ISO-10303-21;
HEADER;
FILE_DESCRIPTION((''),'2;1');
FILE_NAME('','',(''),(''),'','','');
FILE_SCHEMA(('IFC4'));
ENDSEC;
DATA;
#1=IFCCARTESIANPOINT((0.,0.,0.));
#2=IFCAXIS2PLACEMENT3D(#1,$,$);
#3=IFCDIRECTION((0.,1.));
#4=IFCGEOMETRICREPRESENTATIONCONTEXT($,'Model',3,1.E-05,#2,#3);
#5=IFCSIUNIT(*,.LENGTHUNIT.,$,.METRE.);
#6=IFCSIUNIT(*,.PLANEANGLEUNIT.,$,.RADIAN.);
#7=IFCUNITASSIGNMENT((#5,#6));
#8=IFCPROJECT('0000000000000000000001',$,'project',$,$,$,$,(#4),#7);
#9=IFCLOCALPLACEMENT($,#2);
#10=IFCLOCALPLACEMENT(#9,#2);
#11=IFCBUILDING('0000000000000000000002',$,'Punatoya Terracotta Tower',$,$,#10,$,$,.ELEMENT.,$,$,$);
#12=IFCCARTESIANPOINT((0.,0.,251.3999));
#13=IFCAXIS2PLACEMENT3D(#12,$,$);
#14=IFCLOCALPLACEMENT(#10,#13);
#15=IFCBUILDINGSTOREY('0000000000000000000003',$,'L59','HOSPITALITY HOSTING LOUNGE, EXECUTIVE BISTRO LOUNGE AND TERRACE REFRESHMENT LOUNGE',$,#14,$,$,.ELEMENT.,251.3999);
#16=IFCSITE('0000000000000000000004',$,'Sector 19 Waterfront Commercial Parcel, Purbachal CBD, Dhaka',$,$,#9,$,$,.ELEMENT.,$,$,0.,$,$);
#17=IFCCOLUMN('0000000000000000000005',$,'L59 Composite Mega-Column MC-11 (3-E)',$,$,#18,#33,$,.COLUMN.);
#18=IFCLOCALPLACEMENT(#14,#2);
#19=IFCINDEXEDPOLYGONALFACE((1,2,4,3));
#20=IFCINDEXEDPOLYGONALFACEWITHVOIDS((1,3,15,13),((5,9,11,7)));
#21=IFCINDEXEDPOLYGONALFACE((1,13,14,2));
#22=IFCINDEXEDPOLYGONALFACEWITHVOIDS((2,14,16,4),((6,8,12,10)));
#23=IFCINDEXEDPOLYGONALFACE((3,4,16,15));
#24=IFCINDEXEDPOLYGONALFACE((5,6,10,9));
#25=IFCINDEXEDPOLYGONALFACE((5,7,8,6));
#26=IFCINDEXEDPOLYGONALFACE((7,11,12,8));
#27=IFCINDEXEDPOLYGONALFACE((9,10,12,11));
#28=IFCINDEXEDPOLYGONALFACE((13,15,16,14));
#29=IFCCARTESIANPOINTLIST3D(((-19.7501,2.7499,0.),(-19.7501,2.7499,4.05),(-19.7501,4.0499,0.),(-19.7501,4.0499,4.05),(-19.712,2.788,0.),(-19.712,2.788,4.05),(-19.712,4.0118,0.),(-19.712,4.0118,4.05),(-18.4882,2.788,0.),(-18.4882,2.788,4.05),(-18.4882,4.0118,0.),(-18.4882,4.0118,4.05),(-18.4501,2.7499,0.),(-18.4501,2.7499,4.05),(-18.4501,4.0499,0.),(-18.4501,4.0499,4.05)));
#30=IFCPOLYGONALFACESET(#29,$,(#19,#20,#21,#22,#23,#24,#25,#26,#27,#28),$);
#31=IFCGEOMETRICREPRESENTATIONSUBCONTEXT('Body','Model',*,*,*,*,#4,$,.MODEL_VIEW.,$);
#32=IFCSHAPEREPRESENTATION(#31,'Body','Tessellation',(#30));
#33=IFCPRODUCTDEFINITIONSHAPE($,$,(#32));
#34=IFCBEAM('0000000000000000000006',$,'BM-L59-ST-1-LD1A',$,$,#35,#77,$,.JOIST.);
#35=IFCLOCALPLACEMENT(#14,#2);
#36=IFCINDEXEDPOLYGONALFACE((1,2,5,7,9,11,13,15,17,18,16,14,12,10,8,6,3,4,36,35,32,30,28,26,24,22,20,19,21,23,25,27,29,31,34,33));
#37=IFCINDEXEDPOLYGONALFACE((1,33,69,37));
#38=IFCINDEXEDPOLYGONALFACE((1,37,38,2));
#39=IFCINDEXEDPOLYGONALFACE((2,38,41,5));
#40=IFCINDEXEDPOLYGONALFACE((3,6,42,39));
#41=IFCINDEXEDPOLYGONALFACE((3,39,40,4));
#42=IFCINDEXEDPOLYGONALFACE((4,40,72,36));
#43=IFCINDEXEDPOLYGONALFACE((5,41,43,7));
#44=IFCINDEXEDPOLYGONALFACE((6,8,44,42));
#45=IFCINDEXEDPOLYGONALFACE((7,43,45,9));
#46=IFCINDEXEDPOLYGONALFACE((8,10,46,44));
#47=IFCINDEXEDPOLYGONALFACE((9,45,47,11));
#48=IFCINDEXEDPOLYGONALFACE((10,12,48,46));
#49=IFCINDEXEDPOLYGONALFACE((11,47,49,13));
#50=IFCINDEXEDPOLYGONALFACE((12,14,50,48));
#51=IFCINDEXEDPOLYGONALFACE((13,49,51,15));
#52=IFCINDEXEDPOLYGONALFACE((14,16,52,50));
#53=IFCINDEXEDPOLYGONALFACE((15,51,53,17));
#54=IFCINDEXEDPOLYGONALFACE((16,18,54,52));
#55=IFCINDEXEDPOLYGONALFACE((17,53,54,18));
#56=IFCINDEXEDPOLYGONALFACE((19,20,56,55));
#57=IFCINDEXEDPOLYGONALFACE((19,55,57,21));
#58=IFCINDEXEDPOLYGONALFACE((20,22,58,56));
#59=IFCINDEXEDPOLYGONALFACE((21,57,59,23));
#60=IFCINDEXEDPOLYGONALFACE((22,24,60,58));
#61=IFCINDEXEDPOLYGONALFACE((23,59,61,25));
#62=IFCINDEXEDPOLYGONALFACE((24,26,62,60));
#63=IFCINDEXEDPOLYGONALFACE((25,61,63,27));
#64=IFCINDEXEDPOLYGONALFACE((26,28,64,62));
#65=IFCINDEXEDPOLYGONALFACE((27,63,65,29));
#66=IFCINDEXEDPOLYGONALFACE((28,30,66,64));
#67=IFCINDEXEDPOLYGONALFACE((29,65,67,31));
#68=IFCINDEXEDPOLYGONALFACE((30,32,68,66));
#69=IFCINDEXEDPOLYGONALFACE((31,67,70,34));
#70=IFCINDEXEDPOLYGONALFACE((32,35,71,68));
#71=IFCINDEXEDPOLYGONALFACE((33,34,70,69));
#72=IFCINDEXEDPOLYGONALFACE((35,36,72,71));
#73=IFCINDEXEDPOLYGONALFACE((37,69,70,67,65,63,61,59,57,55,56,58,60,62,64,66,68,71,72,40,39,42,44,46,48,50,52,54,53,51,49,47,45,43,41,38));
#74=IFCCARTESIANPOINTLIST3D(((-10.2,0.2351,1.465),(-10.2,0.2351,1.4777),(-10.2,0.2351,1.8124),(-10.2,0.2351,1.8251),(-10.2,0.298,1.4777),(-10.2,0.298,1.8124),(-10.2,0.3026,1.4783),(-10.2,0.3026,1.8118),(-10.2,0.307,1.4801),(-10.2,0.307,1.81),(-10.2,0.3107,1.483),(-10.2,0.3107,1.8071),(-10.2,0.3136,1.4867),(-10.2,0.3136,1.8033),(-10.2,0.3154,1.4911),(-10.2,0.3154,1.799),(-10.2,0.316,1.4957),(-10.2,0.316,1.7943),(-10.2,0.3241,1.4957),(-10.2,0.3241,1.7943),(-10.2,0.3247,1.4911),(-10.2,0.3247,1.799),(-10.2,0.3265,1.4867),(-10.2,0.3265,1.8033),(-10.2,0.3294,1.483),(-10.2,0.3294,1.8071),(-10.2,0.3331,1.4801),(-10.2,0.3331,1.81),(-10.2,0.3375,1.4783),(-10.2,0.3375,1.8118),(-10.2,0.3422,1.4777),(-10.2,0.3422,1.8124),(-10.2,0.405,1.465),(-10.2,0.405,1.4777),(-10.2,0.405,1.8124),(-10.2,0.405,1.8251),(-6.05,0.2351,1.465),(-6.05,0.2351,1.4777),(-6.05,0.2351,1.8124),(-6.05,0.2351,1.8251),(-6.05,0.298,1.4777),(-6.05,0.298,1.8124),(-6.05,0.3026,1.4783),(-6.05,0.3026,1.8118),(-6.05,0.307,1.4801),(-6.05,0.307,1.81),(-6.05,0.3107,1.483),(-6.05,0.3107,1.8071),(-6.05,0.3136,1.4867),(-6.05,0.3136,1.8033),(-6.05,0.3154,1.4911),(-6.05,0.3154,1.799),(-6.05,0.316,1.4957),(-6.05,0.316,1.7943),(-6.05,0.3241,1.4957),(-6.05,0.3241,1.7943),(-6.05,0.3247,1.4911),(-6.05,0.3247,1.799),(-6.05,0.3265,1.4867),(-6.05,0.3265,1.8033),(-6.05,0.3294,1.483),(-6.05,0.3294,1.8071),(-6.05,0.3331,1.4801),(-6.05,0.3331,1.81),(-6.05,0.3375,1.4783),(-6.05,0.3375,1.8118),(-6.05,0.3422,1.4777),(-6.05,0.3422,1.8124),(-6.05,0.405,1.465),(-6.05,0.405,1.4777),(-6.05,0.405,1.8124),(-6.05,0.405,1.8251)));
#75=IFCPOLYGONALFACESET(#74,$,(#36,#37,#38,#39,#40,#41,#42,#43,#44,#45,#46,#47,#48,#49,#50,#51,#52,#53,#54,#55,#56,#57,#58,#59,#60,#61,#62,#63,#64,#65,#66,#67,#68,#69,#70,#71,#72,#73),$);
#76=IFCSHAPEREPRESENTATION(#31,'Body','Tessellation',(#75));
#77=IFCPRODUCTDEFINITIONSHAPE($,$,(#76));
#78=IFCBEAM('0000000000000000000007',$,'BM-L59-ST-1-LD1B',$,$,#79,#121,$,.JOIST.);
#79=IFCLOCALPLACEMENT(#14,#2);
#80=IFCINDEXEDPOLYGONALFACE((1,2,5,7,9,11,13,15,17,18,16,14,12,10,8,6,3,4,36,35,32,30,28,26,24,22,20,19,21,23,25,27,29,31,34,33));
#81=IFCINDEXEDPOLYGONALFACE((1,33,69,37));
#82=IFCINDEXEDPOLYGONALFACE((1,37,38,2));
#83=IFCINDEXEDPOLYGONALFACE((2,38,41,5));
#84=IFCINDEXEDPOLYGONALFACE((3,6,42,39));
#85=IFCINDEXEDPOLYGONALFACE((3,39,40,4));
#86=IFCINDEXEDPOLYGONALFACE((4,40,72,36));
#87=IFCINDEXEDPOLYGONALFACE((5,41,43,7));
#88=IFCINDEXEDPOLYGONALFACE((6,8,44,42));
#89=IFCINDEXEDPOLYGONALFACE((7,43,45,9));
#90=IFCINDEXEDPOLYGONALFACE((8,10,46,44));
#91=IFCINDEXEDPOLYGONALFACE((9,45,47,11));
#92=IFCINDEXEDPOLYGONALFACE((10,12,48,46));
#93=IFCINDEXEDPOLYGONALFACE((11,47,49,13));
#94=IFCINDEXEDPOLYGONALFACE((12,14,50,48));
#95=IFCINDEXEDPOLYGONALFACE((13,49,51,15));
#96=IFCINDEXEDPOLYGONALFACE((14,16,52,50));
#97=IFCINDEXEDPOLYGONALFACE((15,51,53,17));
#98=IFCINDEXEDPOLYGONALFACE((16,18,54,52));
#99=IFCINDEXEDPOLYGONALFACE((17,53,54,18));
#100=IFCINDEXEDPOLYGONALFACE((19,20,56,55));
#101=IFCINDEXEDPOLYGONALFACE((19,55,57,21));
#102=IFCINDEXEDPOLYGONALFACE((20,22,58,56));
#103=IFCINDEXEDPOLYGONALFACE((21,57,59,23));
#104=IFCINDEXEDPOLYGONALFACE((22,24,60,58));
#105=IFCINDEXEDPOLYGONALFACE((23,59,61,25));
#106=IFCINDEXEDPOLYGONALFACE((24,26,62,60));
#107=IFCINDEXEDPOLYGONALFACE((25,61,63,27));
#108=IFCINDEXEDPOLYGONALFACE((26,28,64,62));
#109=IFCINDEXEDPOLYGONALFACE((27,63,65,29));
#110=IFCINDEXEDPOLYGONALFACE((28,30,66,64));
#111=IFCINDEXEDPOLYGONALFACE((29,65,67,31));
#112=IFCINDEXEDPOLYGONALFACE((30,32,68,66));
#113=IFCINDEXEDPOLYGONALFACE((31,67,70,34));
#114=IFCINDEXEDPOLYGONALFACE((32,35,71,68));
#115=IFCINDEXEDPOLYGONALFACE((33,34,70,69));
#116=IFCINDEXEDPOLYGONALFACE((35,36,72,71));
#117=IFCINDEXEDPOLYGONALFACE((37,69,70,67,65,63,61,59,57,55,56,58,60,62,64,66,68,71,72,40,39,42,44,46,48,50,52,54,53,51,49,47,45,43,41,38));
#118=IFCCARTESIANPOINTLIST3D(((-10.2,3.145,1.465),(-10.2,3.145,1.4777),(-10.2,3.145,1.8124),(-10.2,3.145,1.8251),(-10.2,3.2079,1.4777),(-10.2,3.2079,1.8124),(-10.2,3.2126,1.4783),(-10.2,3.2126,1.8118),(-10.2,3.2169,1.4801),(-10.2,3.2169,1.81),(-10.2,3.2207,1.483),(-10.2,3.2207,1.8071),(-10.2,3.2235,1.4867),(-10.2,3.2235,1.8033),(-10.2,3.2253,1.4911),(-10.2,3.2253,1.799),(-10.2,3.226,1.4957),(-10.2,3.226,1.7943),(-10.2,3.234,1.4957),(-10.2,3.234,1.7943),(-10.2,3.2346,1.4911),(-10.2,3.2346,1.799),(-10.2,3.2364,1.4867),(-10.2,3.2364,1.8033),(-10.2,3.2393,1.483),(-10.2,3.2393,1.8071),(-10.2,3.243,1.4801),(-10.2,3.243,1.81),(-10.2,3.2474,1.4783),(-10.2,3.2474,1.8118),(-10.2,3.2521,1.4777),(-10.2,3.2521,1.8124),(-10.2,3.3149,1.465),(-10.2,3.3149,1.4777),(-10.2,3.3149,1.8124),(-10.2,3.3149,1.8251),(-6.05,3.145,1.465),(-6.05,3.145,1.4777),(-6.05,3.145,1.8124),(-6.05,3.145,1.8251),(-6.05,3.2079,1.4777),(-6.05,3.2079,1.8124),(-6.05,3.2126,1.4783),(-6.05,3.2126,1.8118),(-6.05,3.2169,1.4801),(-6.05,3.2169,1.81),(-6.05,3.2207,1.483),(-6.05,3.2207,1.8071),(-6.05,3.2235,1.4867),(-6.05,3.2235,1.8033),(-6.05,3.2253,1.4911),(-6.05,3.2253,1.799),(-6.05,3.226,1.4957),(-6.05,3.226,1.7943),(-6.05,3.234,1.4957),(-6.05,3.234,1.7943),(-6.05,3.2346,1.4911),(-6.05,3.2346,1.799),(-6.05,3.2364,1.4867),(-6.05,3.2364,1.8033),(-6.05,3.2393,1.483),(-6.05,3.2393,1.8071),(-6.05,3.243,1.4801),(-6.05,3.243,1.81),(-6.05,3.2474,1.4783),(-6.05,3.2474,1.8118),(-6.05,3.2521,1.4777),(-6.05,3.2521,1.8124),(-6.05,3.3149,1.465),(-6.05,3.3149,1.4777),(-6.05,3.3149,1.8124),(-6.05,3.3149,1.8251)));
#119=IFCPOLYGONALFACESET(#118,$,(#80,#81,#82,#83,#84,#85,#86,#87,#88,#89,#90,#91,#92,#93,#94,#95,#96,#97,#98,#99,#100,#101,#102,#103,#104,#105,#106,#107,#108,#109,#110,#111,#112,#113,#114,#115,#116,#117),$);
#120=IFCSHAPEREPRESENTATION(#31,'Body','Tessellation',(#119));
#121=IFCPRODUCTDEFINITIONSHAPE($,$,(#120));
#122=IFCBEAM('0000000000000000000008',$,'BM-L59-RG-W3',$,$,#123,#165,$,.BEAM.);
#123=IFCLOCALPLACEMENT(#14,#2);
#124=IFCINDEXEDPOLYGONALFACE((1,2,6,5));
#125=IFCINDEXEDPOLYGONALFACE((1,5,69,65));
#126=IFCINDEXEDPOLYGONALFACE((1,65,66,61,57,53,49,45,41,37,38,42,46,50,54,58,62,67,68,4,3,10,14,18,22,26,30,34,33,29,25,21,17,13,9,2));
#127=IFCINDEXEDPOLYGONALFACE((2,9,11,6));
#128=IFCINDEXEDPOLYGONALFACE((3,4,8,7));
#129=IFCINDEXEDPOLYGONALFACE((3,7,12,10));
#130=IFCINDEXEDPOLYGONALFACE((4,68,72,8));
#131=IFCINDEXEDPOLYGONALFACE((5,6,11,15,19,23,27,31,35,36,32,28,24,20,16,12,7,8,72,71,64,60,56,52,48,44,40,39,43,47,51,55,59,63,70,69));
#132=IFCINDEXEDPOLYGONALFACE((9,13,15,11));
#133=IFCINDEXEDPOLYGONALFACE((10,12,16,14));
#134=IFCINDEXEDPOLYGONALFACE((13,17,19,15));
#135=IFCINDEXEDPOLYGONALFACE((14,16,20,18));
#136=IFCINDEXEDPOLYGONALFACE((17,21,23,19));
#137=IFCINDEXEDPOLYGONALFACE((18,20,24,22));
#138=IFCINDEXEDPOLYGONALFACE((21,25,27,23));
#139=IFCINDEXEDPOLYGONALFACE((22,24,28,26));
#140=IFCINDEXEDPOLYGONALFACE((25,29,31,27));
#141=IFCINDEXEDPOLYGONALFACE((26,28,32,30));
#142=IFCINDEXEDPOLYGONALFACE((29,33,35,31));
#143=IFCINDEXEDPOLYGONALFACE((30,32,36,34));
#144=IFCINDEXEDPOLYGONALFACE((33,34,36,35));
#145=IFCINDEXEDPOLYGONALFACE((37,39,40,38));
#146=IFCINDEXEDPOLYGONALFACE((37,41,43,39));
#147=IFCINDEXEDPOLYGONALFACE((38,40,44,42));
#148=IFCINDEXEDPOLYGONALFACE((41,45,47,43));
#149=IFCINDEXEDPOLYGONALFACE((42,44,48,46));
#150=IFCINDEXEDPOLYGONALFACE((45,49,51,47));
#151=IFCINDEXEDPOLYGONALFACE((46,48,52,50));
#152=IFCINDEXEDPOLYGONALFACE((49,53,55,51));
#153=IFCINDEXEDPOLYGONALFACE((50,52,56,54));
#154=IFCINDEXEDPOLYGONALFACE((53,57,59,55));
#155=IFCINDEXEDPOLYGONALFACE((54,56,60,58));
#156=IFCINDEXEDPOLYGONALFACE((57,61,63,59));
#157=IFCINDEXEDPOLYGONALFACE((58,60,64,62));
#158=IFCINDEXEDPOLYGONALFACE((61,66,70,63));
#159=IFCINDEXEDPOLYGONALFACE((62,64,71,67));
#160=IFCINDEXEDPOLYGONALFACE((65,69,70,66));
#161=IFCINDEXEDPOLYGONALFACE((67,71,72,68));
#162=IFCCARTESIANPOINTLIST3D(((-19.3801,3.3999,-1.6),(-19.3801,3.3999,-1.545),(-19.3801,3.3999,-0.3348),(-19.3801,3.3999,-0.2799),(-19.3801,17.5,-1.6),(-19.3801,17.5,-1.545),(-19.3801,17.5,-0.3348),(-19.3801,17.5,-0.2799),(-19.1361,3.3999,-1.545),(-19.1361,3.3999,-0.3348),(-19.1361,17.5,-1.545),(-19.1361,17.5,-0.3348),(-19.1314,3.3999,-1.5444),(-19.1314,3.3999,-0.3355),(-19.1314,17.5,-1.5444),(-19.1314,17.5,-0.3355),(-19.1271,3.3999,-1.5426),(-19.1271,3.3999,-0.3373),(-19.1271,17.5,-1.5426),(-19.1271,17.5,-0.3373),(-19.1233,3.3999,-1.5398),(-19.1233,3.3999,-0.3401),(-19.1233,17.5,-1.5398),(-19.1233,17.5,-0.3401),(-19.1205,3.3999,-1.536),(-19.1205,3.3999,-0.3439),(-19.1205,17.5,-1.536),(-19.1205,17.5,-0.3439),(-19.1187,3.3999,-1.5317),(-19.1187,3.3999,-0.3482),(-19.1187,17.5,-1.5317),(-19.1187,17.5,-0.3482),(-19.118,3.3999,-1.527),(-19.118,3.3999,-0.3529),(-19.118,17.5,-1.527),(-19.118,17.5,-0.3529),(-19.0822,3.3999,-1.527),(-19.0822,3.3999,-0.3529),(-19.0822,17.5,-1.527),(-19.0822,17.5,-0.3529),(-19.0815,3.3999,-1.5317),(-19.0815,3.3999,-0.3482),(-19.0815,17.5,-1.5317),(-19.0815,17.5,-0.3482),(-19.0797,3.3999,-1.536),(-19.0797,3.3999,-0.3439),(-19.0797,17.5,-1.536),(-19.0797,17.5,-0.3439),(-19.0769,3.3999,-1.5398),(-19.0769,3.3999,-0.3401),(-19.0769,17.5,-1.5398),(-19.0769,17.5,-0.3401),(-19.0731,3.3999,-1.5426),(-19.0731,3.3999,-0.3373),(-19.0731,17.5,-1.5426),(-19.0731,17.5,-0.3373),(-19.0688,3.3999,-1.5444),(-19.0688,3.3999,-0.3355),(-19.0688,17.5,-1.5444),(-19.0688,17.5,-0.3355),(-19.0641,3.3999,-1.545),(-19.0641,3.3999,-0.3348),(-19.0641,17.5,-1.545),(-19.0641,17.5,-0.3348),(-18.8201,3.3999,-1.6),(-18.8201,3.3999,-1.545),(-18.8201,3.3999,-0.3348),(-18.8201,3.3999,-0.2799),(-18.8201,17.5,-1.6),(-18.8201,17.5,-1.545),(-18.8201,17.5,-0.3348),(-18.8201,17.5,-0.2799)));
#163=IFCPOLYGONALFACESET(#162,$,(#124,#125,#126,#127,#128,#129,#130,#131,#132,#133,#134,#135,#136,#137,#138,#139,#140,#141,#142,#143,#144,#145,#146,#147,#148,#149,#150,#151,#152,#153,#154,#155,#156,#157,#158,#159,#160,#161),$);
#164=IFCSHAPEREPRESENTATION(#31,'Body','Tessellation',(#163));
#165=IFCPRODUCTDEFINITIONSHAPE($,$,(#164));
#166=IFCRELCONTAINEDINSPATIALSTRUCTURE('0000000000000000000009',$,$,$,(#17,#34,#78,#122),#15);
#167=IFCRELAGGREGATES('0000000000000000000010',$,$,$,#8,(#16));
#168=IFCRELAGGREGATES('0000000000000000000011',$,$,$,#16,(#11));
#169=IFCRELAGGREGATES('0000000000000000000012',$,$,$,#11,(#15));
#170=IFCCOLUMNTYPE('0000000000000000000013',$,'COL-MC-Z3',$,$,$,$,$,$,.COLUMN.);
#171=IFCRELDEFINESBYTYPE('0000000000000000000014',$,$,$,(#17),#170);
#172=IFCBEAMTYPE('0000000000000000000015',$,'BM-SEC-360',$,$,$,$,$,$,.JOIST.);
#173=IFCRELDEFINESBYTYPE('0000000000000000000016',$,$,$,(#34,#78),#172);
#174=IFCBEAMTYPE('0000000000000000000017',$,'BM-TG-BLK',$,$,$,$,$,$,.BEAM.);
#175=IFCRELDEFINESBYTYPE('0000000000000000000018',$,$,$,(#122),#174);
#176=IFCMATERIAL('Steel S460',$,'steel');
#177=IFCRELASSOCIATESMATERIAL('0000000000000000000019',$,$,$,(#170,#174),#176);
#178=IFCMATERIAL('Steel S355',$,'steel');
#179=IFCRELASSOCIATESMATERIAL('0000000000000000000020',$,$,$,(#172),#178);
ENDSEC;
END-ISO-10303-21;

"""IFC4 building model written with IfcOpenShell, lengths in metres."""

from ifc_helpers import new_model, si_unit, direction, frame, origin, origin_2d, place, context, subcontext, project, spatial, hollow_rectangle, i_section, extrude, material, material_profile, profile_set, type_object, element, save


model = new_model("IFC4")

# Units and contexts
model_context = context("Model", 3, precision=1e-05, world=origin(), true_north=direction((0.0, 1.0)))
body_context = subcontext(model_context, "Body", "Model", "MODEL_VIEW")
ifc_project = project(units=[si_unit("LENGTHUNIT", "METRE"), si_unit("PLANEANGLEUNIT", "RADIAN")], contexts=[model_context])

# Site, building, storey
site_placement = place(None, origin())
site = spatial("IfcSite", under=ifc_project, at=site_placement, Name="Sector 19 Waterfront Commercial Parcel, Purbachal CBD, Dhaka", CompositionType="ELEMENT", RefElevation=0.0)
building_placement = place(site_placement, origin())
building = spatial("IfcBuilding", under=site, at=building_placement, Name="Punatoya Terracotta Tower", CompositionType="ELEMENT")
storey_placement = place(building_placement, frame((0.0, 0.0, 251.3999)))
storey = spatial("IfcBuildingStorey", under=building, at=storey_placement, Name="L59", Description="HOSPITALITY HOSTING LOUNGE, EXECUTIVE BISTRO LOUNGE AND TERRACE REFRESHMENT LOUNGE", CompositionType="ELEMENT", Elevation=251.3999)

# Column
ifc_material_1 = material(Name="Steel S460", Category="steel")
ifc_material_profile_1 = material_profile(ifc_material_1, hollow_rectangle(XDim=1.3, YDim=1.3, WallThickness=0.0381, at=origin_2d()))
ifc_profile_set_1 = profile_set([ifc_material_profile_1], Name="Steel S460")
column_type = type_object("IfcColumnType", Name="COL-MC-Z3", PredefinedType="COLUMN", material=ifc_profile_set_1)
column_placement = place(storey_placement, frame((-19.1001, 3.3999, 0.0), z_axis=(0.0, 0.0, 1.0), x_axis=(1.0, 0.0, 0.0)))
element("IfcColumn", 1, at=column_placement, inside=storey, type_object=column_type, Name="L59 Composite Mega-Column MC-11 (3-E)", PredefinedType="COLUMN", context=body_context, shape_type="SweptSolid", body=[
    extrude(hollow_rectangle(XDim=1.3, YDim=1.3, WallThickness=0.0381, at=origin_2d()), origin(), (0.0, 0.0, 1.0), 4.05),
])

# Beams
ifc_material_2 = material(Name="Steel S355", Category="steel")
ifc_material_profile_2 = material_profile(ifc_material_2, i_section(OverallWidth=0.1699, OverallDepth=0.3601, WebThickness=0.0081, FlangeThickness=0.0127, FilletRadius=0.0181, at=origin_2d()))
ifc_profile_set_2 = profile_set([ifc_material_profile_2], Name="Steel S355")
beam_type_1 = type_object("IfcBeamType", Name="BM-SEC-360", PredefinedType="JOIST", material=ifc_profile_set_2)
for number, where, z_axis, x_axis, name in (
    (2, (-10.2, 0.3201, 1.645), (1.0, 0.0, 0.0), (0.0, 1.0, 0.0), "BM-L59-ST-1-LD1A"),
    (3, (-10.2, 3.23, 1.645), (1.0, 0.0, 0.0), (0.0, 1.0, 0.0), "BM-L59-ST-1-LD1B"),
):
    element("IfcBeam", number, at=place(storey_placement, frame(where, z_axis=z_axis, x_axis=x_axis)), inside=storey, type_object=beam_type_1, Name=name, PredefinedType="JOIST", context=body_context, shape_type="SweptSolid", body=[
        extrude(i_section(OverallWidth=0.1699, OverallDepth=0.3601, WebThickness=0.0081, FlangeThickness=0.0127, FilletRadius=0.0181, at=origin_2d()), origin(), (0.0, 0.0, 1.0), 4.1499),
    ])
ifc_material_profile_3 = material_profile(ifc_material_1, i_section(OverallWidth=0.5601, OverallDepth=1.3201, WebThickness=0.0359, FlangeThickness=0.0549, FilletRadius=0.0181, at=origin_2d()))
ifc_profile_set_3 = profile_set([ifc_material_profile_3], Name="Steel S460")
beam_type_2 = type_object("IfcBeamType", Name="BM-TG-BLK", PredefinedType="BEAM", material=ifc_profile_set_3)
beam_1_placement = place(storey_placement, frame((-19.1001, 3.3999, -0.9399), z_axis=(0.0, 1.0, 0.0), x_axis=(-1.0, 0.0, 0.0)))
element("IfcBeam", 4, at=beam_1_placement, inside=storey, type_object=beam_type_2, Name="BM-L59-RG-W3", PredefinedType="BEAM", context=body_context, shape_type="SweptSolid", body=[
    extrude(i_section(OverallWidth=0.5601, OverallDepth=1.3201, WebThickness=0.0359, FlangeThickness=0.0549, FilletRadius=0.0181, at=origin_2d()), origin(), (0.0, 0.0, 1.0), 14.1001),
])

save(model, "model.ifc")
